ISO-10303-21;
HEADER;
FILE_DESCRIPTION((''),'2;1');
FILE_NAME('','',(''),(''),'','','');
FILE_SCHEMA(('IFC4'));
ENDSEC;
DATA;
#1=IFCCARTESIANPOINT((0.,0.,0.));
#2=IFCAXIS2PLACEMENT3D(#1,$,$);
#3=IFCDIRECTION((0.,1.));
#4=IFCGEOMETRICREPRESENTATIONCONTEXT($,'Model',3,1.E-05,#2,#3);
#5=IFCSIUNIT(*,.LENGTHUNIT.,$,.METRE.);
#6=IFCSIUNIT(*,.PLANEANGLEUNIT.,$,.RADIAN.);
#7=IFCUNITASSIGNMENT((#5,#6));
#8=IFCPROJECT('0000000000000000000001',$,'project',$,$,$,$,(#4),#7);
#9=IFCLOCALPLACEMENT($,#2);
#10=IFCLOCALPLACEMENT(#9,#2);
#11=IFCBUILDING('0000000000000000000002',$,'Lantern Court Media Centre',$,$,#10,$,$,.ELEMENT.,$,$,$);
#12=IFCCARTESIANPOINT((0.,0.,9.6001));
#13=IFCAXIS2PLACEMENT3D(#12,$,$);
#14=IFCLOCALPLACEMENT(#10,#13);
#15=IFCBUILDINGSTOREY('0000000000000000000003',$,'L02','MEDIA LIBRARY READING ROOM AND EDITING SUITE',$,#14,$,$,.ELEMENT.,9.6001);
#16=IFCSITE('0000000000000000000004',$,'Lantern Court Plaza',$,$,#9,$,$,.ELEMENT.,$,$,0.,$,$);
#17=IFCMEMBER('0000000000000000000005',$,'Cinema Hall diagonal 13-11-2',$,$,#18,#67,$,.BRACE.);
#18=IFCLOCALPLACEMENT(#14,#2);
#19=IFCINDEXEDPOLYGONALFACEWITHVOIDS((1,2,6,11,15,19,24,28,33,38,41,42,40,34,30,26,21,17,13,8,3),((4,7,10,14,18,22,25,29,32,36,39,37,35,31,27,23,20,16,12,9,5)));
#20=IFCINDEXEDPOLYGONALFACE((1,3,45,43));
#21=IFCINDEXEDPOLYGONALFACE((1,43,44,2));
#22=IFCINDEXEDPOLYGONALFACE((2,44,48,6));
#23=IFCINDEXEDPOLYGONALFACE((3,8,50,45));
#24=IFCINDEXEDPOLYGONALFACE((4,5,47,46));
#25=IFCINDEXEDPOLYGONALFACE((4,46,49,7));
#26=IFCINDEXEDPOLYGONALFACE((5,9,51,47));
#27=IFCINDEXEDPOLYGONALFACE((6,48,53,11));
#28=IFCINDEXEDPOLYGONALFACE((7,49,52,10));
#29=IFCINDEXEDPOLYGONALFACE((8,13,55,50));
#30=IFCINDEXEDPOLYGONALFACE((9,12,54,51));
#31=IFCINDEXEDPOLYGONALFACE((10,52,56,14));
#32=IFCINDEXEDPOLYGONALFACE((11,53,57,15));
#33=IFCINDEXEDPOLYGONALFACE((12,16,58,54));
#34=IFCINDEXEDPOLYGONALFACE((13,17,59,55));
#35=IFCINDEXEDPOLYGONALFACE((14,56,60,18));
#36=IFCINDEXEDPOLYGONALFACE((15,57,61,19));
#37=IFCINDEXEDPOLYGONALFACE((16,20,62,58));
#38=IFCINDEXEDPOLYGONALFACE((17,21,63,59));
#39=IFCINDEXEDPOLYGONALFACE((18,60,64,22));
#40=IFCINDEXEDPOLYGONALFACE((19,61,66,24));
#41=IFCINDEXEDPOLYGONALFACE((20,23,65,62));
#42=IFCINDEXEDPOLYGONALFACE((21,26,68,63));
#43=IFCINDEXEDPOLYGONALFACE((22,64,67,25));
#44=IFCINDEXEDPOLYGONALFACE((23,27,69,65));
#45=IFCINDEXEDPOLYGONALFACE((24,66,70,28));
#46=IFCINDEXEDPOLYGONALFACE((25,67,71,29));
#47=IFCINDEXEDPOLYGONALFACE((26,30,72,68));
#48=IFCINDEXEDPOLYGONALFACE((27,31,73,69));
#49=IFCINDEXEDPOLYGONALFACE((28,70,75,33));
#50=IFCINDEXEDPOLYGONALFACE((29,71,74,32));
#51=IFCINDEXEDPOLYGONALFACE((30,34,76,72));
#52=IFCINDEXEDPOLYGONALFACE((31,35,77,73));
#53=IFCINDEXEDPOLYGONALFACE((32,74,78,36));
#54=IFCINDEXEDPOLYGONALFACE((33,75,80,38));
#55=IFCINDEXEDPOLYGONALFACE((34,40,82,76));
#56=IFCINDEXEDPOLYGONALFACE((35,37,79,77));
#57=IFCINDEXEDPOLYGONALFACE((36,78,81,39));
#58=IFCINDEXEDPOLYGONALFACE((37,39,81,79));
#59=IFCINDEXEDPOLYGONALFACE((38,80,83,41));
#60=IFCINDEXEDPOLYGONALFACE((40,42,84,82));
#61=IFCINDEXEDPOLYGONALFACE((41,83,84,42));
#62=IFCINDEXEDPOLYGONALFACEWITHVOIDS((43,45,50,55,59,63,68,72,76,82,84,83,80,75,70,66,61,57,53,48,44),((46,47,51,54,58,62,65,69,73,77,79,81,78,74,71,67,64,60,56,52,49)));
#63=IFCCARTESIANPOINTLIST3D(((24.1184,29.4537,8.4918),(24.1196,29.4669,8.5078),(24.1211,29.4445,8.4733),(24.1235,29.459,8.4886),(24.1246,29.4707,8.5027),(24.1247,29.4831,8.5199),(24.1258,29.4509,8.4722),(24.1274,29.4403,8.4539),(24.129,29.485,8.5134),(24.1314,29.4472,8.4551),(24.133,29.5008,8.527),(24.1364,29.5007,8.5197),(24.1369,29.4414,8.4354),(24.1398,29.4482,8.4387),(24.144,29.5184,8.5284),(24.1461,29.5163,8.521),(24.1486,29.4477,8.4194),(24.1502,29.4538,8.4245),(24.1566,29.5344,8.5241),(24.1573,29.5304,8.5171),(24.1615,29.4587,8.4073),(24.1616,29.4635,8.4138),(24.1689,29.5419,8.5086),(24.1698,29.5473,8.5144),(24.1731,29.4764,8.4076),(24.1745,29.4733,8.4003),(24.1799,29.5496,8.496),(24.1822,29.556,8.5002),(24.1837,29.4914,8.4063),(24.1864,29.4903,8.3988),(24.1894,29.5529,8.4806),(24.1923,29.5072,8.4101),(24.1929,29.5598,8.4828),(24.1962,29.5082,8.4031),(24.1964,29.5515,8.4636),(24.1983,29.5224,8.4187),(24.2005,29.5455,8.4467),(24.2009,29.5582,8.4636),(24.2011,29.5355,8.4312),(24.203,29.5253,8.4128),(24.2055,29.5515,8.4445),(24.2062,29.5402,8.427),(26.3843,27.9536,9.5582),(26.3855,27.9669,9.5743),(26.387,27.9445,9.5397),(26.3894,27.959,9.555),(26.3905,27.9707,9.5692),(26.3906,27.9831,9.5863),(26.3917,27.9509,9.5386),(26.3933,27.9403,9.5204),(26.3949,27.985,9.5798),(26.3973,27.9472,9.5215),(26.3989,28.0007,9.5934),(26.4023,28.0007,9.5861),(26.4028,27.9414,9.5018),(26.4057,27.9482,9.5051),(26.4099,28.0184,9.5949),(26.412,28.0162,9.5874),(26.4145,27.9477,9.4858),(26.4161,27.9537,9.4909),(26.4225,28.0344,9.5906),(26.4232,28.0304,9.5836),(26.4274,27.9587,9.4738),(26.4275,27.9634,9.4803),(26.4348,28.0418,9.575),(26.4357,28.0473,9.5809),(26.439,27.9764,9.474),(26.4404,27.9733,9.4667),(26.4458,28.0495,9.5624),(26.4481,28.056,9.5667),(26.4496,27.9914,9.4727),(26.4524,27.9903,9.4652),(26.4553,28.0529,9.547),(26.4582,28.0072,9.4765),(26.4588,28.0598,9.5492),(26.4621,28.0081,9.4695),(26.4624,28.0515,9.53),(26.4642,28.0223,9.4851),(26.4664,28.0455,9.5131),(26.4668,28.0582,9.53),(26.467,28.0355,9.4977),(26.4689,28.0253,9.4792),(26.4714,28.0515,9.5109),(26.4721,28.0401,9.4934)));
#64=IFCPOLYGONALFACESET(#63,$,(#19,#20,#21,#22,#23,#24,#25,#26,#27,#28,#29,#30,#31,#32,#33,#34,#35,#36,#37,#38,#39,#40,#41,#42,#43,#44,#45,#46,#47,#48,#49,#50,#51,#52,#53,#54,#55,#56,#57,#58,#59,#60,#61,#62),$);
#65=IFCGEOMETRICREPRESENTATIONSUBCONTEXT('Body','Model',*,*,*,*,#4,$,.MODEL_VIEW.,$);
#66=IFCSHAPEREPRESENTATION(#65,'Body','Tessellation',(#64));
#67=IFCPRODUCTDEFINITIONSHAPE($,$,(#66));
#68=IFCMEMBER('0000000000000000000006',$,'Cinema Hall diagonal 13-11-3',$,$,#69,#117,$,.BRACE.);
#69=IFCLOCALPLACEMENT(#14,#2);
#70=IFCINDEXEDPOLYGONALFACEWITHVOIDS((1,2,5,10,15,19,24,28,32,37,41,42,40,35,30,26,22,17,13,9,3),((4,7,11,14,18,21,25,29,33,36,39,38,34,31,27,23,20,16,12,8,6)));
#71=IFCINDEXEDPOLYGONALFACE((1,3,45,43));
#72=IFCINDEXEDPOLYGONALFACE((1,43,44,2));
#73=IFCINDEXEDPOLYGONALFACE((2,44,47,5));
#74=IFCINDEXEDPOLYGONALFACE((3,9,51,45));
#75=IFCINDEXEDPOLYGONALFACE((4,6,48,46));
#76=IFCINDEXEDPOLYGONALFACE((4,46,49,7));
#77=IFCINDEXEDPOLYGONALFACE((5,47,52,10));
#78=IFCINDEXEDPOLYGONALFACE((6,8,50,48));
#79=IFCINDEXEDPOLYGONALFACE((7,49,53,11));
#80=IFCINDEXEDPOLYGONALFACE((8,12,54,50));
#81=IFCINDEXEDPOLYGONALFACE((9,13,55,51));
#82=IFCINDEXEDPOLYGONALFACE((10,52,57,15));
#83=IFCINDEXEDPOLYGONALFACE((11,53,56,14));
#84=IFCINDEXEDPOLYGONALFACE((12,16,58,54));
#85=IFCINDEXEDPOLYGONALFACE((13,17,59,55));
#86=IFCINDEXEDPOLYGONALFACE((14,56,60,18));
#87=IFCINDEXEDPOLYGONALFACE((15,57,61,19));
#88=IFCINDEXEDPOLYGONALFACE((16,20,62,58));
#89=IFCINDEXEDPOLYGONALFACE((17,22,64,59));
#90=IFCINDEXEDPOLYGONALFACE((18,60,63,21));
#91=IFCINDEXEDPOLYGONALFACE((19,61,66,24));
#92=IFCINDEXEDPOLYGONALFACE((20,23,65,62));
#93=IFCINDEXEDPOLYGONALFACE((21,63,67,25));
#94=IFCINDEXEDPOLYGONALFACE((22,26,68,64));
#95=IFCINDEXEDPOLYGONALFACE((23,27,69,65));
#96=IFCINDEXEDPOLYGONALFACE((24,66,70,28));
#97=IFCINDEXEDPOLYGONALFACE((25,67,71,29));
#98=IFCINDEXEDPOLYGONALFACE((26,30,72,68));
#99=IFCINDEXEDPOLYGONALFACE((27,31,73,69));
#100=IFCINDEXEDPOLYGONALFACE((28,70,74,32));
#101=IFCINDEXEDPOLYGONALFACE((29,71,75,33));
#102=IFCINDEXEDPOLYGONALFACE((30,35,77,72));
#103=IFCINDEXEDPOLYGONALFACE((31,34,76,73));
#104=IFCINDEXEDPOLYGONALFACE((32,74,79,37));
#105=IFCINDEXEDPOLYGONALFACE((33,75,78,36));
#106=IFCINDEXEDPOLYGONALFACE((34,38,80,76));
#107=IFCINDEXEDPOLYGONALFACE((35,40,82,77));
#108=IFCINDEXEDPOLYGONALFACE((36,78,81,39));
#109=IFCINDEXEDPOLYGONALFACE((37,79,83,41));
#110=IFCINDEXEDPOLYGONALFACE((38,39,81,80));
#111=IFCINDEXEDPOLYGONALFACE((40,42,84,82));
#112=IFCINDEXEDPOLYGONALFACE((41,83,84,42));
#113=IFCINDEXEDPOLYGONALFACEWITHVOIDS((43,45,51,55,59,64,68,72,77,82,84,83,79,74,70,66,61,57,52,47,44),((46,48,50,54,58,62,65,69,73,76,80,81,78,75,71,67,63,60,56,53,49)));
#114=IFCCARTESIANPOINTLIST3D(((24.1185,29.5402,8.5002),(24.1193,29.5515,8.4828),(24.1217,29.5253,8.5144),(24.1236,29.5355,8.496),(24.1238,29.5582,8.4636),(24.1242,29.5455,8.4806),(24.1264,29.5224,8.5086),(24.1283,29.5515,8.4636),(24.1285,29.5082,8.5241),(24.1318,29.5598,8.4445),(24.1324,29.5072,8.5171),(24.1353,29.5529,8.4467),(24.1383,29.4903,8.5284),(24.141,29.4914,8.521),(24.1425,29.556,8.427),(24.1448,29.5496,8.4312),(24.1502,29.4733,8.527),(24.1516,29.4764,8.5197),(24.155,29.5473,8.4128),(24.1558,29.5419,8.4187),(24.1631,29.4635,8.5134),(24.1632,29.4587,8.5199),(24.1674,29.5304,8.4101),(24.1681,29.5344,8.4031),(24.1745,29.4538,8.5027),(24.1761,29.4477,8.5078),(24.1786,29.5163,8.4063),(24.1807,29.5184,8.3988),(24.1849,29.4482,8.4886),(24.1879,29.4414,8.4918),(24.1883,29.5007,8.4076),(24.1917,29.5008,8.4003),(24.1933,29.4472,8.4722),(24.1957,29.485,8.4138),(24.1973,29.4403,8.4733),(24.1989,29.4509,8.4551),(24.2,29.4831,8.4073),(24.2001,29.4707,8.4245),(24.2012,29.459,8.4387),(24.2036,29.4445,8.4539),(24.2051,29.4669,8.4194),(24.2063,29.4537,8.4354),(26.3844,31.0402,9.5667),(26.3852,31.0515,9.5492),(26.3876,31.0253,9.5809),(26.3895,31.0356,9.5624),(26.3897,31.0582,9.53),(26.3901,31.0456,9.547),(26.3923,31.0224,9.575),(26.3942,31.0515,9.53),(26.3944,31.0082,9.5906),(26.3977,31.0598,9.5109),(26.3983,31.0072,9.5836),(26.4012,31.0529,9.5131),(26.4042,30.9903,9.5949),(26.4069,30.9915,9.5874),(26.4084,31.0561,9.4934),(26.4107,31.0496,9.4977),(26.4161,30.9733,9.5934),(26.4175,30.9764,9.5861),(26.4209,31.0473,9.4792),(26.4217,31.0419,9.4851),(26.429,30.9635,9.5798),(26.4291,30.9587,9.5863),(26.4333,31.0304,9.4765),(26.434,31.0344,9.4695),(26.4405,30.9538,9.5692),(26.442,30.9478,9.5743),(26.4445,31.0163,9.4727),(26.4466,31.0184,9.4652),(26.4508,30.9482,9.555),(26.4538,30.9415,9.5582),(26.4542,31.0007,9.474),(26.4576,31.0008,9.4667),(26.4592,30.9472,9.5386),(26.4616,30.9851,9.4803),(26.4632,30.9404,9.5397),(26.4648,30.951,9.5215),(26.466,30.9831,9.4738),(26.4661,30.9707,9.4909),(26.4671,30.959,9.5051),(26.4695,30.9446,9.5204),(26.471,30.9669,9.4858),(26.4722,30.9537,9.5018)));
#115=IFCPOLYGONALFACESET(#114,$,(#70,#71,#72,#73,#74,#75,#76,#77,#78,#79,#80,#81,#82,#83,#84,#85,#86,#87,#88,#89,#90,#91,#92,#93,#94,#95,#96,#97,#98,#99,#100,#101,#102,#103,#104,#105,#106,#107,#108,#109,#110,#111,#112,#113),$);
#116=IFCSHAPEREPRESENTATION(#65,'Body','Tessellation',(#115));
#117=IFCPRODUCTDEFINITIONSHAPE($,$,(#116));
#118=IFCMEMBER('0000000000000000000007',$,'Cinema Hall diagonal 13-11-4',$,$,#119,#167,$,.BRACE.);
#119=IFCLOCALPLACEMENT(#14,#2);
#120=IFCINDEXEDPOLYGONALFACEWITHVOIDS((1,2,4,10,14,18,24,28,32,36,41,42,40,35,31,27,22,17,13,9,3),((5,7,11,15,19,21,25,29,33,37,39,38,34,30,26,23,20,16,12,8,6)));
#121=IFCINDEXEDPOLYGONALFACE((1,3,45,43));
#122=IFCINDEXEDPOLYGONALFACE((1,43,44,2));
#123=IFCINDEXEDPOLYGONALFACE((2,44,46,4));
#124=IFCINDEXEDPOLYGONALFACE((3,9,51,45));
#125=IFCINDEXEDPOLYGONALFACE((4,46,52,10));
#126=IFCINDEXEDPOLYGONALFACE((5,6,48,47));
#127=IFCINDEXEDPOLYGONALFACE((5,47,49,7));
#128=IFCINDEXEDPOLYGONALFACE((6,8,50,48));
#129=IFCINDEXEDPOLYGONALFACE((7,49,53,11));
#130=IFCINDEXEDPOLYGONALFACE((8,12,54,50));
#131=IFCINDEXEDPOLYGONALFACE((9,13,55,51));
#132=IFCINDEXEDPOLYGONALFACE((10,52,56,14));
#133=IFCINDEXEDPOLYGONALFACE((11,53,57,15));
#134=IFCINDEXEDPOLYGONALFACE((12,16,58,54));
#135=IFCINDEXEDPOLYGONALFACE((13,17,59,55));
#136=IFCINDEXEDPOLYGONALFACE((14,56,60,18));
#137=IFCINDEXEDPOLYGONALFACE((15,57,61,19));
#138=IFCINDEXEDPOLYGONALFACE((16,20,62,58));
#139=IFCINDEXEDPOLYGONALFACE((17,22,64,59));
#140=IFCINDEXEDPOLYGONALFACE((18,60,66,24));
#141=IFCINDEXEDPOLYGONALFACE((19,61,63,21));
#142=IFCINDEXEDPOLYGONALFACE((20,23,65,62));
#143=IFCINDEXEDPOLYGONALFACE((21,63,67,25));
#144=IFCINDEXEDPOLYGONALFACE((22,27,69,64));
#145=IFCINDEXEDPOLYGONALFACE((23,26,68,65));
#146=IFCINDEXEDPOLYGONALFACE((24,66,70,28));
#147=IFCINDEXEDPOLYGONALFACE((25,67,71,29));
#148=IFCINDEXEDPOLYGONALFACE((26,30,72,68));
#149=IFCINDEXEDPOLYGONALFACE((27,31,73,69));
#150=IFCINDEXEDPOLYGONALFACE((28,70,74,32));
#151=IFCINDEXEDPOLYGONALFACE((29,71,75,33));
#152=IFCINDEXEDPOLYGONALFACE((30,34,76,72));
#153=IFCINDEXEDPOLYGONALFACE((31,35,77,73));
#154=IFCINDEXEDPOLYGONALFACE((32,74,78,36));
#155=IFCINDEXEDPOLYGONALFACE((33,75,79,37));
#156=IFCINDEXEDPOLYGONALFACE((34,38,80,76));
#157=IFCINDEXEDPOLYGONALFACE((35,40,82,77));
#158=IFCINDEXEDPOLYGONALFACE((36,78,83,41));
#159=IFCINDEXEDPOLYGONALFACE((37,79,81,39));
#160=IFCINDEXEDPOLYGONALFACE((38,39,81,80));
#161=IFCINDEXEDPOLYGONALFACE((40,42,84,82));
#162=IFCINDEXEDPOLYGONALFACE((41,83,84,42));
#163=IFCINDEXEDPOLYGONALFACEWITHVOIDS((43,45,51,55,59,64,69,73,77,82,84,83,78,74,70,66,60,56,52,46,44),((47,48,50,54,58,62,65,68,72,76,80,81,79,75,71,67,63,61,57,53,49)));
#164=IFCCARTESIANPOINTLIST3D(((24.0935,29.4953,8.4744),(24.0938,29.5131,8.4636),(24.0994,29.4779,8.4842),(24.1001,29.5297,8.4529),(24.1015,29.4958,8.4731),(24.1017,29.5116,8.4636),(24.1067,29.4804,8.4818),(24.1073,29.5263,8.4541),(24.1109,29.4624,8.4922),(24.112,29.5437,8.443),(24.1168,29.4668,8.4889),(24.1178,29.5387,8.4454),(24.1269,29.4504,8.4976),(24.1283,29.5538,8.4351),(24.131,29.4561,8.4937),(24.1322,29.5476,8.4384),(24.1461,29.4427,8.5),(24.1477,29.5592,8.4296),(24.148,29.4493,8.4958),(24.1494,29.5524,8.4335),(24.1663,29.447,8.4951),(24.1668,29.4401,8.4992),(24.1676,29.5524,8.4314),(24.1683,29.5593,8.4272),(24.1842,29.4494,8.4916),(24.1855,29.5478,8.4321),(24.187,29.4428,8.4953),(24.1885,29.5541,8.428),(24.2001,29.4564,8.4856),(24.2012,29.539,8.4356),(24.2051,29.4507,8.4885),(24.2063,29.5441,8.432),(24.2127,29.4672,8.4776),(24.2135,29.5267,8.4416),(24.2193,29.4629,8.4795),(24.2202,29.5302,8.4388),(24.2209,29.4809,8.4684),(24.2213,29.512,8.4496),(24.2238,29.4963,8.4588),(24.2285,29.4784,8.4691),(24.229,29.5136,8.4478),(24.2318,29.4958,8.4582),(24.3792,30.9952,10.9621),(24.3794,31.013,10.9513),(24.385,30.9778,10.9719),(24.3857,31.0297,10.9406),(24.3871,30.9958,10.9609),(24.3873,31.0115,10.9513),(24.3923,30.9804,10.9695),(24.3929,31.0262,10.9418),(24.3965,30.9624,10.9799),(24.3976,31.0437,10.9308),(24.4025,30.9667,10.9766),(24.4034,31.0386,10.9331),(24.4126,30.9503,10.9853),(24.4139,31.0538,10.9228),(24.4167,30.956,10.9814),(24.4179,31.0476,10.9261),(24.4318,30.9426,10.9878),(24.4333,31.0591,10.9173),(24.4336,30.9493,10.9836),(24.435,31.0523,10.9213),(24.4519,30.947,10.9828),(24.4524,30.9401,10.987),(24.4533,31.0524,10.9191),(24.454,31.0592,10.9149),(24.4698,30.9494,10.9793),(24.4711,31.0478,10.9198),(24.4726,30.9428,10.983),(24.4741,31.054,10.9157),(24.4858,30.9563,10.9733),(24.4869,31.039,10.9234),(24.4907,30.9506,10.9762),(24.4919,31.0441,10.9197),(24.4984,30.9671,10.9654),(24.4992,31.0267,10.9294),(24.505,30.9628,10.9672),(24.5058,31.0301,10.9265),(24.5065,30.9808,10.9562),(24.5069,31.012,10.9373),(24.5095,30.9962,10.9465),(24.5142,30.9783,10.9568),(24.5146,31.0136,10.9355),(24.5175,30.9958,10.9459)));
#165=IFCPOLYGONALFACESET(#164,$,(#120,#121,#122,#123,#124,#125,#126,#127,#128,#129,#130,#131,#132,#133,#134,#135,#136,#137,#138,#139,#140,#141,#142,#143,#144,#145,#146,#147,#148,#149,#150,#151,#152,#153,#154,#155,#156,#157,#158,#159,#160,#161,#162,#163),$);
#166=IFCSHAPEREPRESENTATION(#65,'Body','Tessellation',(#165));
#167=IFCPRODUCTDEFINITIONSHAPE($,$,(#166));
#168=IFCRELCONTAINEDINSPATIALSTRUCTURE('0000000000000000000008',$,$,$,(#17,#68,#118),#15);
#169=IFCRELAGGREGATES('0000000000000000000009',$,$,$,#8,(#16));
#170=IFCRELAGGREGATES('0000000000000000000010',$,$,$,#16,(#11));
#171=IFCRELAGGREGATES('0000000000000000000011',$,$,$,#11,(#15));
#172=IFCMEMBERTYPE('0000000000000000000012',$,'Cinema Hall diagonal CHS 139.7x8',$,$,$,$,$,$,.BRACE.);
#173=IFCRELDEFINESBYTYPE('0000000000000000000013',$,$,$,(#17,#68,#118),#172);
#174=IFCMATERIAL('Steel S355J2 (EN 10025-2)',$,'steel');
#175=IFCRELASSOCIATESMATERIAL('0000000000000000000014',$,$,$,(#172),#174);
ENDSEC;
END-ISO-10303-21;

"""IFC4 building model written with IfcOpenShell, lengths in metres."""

from ifc_helpers import new_model, si_unit, direction, frame, origin, origin_2d, place, context, subcontext, project, spatial, hollow_circle, extrude, material, material_profile, profile_set, type_object, element, save


model = new_model("IFC4")

# Units and contexts
model_context = context("Model", 3, precision=1e-05, world=origin(), true_north=direction((0.0, 1.0)))
body_context = subcontext(model_context, "Body", "Model", "MODEL_VIEW")
ifc_project = project(units=[si_unit("LENGTHUNIT", "METRE"), si_unit("PLANEANGLEUNIT", "RADIAN")], contexts=[model_context])

# Site, building, storey
site_placement = place(None, origin())
site = spatial("IfcSite", under=ifc_project, at=site_placement, Name="Lantern Court Plaza", CompositionType="ELEMENT", RefElevation=0.0)
building_placement = place(site_placement, origin())
building = spatial("IfcBuilding", under=site, at=building_placement, Name="Lantern Court Media Centre", CompositionType="ELEMENT")
storey_placement = place(building_placement, frame((0.0, 0.0, 9.6001)))
storey = spatial("IfcBuildingStorey", under=building, at=storey_placement, Name="L02", Description="MEDIA LIBRARY READING ROOM AND EDITING SUITE", CompositionType="ELEMENT", Elevation=9.6001)

# Members
ifc_material = material(Name="Steel S355J2 (EN 10025-2)", Category="steel")
ifc_material_profile_1 = material_profile(ifc_material, hollow_circle(Radius=0.0698, WallThickness=0.0081, at=origin_2d()), Name="Cinema Hall diagonal CHS 139.7x8")
ifc_profile_set_1 = profile_set([ifc_material_profile_1], Name="Steel S355J2 (EN 10025-2)")
member_type_1 = type_object("IfcMemberType", Name="Cinema Hall diagonal CHS 139.7x8", PredefinedType="BRACE", material=ifc_profile_set_1)
for number, where, z_axis, x_axis, name in (
    (1, (24.1624, 29.5, 8.4636), (0.776211, -0.51385, 0.365315), (0.552002, 0.833843, 0.0), "Cinema Hall diagonal 13-11-2"),
    (2, (24.1624, 29.5, 8.4636), (0.776211, 0.51385, 0.365315), (-0.552002, 0.833843, 0.0), "Cinema Hall diagonal 13-11-3"),
):
    element("IfcMember", number, at=place(storey_placement, frame(where, z_axis=z_axis, x_axis=x_axis)), inside=storey, type_object=member_type_1, Name=name, PredefinedType="BRACE", context=body_context, shape_type="SweptSolid", body=[
        extrude(hollow_circle(Radius=0.0698, WallThickness=0.0081, at=origin_2d()), origin(), (0.0, 0.0, 1.0), 2.9192),
    ])
member_1_placement = place(storey_placement, frame((24.1624, 29.5, 8.4636), z_axis=(0.097856, 0.51387, 0.852268), x_axis=(-0.982347, 0.187068, 0.0)))
element("IfcMember", 3, at=member_1_placement, inside=storey, type_object=member_type_1, Name="Cinema Hall diagonal 13-11-4", PredefinedType="BRACE", context=body_context, shape_type="SweptSolid", body=[
    extrude(hollow_circle(Radius=0.0698, WallThickness=0.0081, at=origin_2d()), origin(), (0.0, 0.0, 1.0), 2.9189),
])

save(model, "model.ifc")
